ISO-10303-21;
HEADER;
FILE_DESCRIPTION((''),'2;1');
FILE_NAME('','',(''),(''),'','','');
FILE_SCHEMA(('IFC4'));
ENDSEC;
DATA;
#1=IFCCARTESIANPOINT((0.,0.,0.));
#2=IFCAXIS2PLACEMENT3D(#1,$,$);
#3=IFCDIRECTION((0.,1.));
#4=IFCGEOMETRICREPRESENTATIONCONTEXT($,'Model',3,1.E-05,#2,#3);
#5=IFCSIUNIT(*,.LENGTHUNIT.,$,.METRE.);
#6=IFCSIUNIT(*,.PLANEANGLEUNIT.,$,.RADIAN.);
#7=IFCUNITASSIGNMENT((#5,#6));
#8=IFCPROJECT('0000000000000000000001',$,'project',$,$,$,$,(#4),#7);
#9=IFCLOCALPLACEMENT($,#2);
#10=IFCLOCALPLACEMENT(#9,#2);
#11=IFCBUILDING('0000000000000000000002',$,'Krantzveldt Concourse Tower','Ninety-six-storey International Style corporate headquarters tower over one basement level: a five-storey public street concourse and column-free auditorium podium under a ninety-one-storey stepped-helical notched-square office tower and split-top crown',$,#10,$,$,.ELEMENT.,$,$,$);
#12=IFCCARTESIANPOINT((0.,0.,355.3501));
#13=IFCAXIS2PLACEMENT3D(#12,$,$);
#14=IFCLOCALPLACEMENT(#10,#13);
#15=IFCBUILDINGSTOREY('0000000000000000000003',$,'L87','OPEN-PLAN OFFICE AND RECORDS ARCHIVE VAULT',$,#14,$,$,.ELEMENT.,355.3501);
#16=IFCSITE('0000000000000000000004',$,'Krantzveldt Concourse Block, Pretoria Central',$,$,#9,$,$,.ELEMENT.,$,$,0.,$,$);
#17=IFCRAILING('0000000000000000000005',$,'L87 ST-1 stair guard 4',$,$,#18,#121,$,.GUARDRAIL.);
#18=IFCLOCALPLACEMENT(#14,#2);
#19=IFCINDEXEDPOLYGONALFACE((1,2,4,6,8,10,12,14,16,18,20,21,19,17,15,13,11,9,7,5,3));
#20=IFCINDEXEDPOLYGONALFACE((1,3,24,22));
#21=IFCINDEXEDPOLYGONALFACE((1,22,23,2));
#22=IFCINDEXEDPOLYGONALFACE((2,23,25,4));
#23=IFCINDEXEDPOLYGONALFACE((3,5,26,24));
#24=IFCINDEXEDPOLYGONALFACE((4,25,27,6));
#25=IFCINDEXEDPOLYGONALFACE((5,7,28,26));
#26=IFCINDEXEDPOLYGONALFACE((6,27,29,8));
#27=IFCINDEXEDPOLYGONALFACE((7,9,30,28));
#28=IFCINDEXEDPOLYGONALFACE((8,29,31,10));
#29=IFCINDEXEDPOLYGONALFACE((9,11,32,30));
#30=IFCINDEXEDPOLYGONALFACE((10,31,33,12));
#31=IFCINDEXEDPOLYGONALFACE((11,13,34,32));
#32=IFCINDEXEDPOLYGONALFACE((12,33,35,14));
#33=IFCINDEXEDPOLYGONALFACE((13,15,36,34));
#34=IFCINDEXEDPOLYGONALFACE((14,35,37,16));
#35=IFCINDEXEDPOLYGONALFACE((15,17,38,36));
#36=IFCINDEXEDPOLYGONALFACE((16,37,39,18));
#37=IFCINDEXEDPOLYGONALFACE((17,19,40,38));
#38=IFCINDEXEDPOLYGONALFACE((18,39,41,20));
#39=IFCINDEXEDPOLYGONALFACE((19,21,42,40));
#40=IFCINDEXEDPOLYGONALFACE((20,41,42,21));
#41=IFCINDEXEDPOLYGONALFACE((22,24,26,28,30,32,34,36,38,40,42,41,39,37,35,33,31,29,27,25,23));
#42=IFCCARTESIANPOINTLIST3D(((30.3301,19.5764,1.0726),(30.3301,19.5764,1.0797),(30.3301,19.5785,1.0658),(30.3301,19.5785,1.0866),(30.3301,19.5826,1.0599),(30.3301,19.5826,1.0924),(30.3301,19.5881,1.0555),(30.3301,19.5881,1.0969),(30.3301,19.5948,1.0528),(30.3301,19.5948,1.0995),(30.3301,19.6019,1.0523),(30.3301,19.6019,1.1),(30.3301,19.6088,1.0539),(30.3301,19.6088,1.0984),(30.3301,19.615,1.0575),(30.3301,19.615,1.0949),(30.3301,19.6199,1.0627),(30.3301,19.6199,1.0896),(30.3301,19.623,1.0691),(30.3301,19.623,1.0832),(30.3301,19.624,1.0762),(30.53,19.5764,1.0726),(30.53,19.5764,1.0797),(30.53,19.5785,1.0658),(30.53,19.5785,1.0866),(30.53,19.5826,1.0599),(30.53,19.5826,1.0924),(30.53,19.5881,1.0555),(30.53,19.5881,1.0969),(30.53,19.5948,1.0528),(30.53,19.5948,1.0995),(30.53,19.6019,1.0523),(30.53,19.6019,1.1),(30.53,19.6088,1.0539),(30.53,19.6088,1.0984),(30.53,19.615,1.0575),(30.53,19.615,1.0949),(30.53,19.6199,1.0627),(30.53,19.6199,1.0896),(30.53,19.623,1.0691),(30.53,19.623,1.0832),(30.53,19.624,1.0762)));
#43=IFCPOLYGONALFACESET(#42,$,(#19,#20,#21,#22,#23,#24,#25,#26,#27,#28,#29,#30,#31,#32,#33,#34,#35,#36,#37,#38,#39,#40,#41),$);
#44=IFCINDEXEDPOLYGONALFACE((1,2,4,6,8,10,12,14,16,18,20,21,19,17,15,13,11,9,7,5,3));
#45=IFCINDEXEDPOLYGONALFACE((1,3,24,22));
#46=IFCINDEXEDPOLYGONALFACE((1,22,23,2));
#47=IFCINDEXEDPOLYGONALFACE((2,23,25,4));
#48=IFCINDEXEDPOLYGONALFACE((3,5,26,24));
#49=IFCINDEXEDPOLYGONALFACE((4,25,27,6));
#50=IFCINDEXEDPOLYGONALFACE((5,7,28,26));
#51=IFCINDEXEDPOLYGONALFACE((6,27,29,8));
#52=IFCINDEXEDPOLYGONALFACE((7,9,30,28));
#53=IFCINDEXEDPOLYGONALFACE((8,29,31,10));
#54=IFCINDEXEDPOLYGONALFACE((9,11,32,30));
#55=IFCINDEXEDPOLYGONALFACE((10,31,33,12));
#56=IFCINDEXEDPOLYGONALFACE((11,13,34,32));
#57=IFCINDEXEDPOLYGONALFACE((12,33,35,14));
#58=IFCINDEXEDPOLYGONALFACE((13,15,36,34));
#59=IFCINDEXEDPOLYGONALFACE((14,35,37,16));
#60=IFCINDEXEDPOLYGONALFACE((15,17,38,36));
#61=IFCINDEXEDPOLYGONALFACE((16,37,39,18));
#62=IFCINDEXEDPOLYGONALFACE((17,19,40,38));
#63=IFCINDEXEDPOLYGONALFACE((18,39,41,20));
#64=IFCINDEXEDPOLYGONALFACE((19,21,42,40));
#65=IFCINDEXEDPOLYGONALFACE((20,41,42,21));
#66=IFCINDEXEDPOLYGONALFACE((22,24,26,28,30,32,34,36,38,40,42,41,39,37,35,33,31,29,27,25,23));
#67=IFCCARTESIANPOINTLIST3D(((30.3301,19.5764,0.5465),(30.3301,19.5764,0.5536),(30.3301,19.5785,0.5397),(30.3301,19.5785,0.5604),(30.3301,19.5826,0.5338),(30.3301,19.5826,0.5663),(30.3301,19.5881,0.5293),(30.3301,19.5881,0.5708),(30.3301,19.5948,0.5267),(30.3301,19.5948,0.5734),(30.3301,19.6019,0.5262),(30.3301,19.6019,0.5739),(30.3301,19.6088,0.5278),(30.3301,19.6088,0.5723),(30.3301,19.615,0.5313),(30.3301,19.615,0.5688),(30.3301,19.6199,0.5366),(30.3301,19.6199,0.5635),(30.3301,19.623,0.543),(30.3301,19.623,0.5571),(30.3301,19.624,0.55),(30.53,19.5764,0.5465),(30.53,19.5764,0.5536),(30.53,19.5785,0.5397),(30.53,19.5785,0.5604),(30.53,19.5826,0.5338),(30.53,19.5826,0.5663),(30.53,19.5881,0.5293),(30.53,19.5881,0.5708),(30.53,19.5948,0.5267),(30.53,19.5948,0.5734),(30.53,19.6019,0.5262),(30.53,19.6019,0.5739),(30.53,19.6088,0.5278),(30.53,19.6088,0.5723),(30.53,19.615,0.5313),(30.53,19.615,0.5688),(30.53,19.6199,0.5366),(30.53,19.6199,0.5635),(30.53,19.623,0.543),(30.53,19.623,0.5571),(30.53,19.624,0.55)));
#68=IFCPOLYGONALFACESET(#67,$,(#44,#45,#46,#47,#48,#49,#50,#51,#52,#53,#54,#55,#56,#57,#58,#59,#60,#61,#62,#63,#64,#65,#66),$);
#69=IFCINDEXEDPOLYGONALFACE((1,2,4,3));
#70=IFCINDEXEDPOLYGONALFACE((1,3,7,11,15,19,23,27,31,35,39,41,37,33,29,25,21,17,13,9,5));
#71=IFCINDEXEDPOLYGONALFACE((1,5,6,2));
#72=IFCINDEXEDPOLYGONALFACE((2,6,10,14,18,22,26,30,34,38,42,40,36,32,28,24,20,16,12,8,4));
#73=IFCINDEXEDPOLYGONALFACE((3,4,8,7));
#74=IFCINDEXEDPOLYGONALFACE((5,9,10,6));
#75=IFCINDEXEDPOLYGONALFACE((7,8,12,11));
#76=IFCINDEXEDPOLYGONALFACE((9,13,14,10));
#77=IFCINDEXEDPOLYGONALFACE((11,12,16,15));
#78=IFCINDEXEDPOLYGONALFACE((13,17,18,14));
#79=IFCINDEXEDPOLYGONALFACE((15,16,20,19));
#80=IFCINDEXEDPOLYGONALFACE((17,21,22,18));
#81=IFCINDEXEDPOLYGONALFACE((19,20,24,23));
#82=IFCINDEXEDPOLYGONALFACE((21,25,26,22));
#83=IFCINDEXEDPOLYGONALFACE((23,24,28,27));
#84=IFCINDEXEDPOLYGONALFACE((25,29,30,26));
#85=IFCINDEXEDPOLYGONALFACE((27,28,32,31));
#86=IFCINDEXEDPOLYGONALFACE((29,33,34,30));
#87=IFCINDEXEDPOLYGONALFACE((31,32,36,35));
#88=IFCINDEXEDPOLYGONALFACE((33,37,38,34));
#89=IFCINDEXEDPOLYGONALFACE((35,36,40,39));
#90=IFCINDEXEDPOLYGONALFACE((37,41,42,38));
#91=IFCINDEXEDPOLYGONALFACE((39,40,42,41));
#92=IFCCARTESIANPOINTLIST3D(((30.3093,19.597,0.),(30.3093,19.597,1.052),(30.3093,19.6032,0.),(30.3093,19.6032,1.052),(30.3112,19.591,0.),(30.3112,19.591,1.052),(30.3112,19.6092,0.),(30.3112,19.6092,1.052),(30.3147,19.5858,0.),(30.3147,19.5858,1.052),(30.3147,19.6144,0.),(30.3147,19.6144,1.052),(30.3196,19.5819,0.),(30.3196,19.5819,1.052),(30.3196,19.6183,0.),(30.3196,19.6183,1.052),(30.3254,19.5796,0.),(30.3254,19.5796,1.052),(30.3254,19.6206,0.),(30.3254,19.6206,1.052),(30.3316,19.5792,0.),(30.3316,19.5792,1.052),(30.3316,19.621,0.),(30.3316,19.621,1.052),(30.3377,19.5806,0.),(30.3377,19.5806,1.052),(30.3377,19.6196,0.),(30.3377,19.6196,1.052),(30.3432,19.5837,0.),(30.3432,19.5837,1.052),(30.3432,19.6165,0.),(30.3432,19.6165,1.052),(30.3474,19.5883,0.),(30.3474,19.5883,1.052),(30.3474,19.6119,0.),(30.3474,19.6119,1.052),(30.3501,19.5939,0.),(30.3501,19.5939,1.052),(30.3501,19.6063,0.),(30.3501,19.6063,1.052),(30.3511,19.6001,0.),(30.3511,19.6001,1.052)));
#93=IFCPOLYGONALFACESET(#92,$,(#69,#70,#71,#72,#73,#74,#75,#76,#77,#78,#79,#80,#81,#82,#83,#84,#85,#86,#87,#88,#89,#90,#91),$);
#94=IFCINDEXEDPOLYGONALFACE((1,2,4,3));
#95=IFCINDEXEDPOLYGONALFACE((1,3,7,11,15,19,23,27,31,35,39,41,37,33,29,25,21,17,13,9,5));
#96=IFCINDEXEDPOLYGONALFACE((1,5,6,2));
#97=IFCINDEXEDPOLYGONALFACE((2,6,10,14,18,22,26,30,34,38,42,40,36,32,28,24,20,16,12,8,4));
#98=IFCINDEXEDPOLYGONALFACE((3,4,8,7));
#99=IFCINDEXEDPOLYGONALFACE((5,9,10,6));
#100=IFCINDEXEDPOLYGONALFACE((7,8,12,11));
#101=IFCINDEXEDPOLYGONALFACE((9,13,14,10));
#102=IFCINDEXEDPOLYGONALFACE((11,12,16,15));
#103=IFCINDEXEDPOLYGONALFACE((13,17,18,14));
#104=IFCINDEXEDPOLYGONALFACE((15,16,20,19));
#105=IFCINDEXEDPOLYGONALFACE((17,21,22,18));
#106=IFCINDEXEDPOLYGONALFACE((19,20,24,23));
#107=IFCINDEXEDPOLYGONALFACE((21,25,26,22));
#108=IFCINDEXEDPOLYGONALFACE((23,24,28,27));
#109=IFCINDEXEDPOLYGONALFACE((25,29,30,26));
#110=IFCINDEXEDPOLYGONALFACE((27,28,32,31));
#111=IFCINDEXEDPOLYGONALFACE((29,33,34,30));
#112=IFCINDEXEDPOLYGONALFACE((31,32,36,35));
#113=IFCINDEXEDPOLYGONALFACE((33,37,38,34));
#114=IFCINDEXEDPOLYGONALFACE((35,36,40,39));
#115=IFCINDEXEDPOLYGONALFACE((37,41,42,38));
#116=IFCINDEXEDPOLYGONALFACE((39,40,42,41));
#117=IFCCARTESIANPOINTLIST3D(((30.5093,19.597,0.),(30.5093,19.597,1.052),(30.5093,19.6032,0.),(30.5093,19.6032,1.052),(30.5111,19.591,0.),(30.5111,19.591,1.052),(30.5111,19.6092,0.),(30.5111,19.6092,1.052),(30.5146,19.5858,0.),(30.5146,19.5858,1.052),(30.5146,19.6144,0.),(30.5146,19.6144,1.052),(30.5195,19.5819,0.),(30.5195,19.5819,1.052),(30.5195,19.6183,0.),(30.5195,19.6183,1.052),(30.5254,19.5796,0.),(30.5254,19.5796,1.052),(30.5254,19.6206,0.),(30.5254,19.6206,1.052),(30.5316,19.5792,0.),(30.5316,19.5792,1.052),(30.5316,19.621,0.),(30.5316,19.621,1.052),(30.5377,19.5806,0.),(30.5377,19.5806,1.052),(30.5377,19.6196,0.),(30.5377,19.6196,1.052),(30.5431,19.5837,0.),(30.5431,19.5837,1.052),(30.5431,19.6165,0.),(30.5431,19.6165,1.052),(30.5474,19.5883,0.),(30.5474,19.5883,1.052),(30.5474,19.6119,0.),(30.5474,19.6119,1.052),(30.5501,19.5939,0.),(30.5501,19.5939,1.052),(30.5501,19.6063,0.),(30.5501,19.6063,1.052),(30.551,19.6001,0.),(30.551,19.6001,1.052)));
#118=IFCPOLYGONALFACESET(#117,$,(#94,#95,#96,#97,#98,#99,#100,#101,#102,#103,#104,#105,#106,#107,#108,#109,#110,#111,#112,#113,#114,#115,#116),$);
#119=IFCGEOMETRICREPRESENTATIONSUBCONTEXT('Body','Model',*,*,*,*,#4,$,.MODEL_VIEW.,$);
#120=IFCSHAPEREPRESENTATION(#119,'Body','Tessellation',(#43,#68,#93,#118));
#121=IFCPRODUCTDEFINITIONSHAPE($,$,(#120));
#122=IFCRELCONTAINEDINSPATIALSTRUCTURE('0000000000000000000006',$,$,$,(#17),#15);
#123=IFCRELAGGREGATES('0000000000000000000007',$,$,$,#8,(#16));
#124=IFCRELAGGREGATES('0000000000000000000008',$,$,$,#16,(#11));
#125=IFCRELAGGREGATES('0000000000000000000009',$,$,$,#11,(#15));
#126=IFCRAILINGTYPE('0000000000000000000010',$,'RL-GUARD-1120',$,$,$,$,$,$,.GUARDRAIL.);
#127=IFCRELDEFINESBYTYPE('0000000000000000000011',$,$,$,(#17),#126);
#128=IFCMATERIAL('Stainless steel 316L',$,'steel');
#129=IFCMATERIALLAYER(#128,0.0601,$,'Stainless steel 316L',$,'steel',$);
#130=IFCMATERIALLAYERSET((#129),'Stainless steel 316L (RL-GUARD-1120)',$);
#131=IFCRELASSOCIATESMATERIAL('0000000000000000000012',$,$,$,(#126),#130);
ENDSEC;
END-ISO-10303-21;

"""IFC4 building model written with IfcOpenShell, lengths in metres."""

from ifc_helpers import new_model, si_unit, direction, frame, origin, origin_2d, place, context, subcontext, project, spatial, circle, extrude, material, layer, layer_set, type_object, element, save


model = new_model("IFC4")

# Units and contexts
model_context = context("Model", 3, precision=1e-05, world=origin(), true_north=direction((0.0, 1.0)))
body_context = subcontext(model_context, "Body", "Model", "MODEL_VIEW")
ifc_project = project(units=[si_unit("LENGTHUNIT", "METRE"), si_unit("PLANEANGLEUNIT", "RADIAN")], contexts=[model_context])

# Site, building, storey
site_placement = place(None, origin())
site = spatial("IfcSite", under=ifc_project, at=site_placement, Name="Krantzveldt Concourse Block, Pretoria Central", CompositionType="ELEMENT", RefElevation=0.0)
building_placement = place(site_placement, origin())
building = spatial("IfcBuilding", under=site, at=building_placement, Name="Krantzveldt Concourse Tower", Description="Ninety-six-storey International Style corporate headquarters tower over one basement level: a five-storey public street concourse and column-free auditorium podium under a ninety-one-storey stepped-helical notched-square office tower and split-top crown", CompositionType="ELEMENT")
storey_placement = place(building_placement, frame((0.0, 0.0, 355.3501)))
storey = spatial("IfcBuildingStorey", under=building, at=storey_placement, Name="L87", Description="OPEN-PLAN OFFICE AND RECORDS ARCHIVE VAULT", CompositionType="ELEMENT", Elevation=355.3501)

# Railing
ifc_material_1 = material(Name="Stainless steel 316L", Category="steel")
ifc_layer_1 = layer(ifc_material_1, 0.0601, Name="Stainless steel 316L", Category="steel")
ifc_layer_set_1 = layer_set([ifc_layer_1], Name="Stainless steel 316L (RL-GUARD-1120)")
railing_type_1 = type_object("IfcRailingType", Name="RL-GUARD-1120", PredefinedType="GUARDRAIL", material=ifc_layer_set_1)
railing_1_placement = place(storey_placement, frame((30.3301, 19.6001, 0.0)))
element("IfcRailing", 1, at=railing_1_placement, inside=storey, type_object=railing_type_1, Name="L87 ST-1 stair guard 4", PredefinedType="GUARDRAIL", context=body_context, shape_type="SweptSolid", body=[
    extrude(circle(Radius=0.0239, at=origin_2d()), frame((0.0, 0.0, 1.0762), z_axis=(1.0, 0.0, 0.0), x_axis=(0.0, 1.0, 0.0)), (0.0, 0.0, 1.0), 0.2),
    extrude(circle(Radius=0.0239, at=origin_2d()), frame((0.0, 0.0, 0.55), z_axis=(1.0, 0.0, 0.0), x_axis=(0.0, 1.0, 0.0)), (0.0, 0.0, 1.0), 0.2),
    extrude(circle(Radius=0.021, at=origin_2d()), origin(), (0.0, 0.0, 1.0), 1.052),
    extrude(circle(Radius=0.021, at=origin_2d()), frame((0.2, 0.0, 0.0)), (0.0, 0.0, 1.0), 1.052),
])

save(model, "model.ifc")
